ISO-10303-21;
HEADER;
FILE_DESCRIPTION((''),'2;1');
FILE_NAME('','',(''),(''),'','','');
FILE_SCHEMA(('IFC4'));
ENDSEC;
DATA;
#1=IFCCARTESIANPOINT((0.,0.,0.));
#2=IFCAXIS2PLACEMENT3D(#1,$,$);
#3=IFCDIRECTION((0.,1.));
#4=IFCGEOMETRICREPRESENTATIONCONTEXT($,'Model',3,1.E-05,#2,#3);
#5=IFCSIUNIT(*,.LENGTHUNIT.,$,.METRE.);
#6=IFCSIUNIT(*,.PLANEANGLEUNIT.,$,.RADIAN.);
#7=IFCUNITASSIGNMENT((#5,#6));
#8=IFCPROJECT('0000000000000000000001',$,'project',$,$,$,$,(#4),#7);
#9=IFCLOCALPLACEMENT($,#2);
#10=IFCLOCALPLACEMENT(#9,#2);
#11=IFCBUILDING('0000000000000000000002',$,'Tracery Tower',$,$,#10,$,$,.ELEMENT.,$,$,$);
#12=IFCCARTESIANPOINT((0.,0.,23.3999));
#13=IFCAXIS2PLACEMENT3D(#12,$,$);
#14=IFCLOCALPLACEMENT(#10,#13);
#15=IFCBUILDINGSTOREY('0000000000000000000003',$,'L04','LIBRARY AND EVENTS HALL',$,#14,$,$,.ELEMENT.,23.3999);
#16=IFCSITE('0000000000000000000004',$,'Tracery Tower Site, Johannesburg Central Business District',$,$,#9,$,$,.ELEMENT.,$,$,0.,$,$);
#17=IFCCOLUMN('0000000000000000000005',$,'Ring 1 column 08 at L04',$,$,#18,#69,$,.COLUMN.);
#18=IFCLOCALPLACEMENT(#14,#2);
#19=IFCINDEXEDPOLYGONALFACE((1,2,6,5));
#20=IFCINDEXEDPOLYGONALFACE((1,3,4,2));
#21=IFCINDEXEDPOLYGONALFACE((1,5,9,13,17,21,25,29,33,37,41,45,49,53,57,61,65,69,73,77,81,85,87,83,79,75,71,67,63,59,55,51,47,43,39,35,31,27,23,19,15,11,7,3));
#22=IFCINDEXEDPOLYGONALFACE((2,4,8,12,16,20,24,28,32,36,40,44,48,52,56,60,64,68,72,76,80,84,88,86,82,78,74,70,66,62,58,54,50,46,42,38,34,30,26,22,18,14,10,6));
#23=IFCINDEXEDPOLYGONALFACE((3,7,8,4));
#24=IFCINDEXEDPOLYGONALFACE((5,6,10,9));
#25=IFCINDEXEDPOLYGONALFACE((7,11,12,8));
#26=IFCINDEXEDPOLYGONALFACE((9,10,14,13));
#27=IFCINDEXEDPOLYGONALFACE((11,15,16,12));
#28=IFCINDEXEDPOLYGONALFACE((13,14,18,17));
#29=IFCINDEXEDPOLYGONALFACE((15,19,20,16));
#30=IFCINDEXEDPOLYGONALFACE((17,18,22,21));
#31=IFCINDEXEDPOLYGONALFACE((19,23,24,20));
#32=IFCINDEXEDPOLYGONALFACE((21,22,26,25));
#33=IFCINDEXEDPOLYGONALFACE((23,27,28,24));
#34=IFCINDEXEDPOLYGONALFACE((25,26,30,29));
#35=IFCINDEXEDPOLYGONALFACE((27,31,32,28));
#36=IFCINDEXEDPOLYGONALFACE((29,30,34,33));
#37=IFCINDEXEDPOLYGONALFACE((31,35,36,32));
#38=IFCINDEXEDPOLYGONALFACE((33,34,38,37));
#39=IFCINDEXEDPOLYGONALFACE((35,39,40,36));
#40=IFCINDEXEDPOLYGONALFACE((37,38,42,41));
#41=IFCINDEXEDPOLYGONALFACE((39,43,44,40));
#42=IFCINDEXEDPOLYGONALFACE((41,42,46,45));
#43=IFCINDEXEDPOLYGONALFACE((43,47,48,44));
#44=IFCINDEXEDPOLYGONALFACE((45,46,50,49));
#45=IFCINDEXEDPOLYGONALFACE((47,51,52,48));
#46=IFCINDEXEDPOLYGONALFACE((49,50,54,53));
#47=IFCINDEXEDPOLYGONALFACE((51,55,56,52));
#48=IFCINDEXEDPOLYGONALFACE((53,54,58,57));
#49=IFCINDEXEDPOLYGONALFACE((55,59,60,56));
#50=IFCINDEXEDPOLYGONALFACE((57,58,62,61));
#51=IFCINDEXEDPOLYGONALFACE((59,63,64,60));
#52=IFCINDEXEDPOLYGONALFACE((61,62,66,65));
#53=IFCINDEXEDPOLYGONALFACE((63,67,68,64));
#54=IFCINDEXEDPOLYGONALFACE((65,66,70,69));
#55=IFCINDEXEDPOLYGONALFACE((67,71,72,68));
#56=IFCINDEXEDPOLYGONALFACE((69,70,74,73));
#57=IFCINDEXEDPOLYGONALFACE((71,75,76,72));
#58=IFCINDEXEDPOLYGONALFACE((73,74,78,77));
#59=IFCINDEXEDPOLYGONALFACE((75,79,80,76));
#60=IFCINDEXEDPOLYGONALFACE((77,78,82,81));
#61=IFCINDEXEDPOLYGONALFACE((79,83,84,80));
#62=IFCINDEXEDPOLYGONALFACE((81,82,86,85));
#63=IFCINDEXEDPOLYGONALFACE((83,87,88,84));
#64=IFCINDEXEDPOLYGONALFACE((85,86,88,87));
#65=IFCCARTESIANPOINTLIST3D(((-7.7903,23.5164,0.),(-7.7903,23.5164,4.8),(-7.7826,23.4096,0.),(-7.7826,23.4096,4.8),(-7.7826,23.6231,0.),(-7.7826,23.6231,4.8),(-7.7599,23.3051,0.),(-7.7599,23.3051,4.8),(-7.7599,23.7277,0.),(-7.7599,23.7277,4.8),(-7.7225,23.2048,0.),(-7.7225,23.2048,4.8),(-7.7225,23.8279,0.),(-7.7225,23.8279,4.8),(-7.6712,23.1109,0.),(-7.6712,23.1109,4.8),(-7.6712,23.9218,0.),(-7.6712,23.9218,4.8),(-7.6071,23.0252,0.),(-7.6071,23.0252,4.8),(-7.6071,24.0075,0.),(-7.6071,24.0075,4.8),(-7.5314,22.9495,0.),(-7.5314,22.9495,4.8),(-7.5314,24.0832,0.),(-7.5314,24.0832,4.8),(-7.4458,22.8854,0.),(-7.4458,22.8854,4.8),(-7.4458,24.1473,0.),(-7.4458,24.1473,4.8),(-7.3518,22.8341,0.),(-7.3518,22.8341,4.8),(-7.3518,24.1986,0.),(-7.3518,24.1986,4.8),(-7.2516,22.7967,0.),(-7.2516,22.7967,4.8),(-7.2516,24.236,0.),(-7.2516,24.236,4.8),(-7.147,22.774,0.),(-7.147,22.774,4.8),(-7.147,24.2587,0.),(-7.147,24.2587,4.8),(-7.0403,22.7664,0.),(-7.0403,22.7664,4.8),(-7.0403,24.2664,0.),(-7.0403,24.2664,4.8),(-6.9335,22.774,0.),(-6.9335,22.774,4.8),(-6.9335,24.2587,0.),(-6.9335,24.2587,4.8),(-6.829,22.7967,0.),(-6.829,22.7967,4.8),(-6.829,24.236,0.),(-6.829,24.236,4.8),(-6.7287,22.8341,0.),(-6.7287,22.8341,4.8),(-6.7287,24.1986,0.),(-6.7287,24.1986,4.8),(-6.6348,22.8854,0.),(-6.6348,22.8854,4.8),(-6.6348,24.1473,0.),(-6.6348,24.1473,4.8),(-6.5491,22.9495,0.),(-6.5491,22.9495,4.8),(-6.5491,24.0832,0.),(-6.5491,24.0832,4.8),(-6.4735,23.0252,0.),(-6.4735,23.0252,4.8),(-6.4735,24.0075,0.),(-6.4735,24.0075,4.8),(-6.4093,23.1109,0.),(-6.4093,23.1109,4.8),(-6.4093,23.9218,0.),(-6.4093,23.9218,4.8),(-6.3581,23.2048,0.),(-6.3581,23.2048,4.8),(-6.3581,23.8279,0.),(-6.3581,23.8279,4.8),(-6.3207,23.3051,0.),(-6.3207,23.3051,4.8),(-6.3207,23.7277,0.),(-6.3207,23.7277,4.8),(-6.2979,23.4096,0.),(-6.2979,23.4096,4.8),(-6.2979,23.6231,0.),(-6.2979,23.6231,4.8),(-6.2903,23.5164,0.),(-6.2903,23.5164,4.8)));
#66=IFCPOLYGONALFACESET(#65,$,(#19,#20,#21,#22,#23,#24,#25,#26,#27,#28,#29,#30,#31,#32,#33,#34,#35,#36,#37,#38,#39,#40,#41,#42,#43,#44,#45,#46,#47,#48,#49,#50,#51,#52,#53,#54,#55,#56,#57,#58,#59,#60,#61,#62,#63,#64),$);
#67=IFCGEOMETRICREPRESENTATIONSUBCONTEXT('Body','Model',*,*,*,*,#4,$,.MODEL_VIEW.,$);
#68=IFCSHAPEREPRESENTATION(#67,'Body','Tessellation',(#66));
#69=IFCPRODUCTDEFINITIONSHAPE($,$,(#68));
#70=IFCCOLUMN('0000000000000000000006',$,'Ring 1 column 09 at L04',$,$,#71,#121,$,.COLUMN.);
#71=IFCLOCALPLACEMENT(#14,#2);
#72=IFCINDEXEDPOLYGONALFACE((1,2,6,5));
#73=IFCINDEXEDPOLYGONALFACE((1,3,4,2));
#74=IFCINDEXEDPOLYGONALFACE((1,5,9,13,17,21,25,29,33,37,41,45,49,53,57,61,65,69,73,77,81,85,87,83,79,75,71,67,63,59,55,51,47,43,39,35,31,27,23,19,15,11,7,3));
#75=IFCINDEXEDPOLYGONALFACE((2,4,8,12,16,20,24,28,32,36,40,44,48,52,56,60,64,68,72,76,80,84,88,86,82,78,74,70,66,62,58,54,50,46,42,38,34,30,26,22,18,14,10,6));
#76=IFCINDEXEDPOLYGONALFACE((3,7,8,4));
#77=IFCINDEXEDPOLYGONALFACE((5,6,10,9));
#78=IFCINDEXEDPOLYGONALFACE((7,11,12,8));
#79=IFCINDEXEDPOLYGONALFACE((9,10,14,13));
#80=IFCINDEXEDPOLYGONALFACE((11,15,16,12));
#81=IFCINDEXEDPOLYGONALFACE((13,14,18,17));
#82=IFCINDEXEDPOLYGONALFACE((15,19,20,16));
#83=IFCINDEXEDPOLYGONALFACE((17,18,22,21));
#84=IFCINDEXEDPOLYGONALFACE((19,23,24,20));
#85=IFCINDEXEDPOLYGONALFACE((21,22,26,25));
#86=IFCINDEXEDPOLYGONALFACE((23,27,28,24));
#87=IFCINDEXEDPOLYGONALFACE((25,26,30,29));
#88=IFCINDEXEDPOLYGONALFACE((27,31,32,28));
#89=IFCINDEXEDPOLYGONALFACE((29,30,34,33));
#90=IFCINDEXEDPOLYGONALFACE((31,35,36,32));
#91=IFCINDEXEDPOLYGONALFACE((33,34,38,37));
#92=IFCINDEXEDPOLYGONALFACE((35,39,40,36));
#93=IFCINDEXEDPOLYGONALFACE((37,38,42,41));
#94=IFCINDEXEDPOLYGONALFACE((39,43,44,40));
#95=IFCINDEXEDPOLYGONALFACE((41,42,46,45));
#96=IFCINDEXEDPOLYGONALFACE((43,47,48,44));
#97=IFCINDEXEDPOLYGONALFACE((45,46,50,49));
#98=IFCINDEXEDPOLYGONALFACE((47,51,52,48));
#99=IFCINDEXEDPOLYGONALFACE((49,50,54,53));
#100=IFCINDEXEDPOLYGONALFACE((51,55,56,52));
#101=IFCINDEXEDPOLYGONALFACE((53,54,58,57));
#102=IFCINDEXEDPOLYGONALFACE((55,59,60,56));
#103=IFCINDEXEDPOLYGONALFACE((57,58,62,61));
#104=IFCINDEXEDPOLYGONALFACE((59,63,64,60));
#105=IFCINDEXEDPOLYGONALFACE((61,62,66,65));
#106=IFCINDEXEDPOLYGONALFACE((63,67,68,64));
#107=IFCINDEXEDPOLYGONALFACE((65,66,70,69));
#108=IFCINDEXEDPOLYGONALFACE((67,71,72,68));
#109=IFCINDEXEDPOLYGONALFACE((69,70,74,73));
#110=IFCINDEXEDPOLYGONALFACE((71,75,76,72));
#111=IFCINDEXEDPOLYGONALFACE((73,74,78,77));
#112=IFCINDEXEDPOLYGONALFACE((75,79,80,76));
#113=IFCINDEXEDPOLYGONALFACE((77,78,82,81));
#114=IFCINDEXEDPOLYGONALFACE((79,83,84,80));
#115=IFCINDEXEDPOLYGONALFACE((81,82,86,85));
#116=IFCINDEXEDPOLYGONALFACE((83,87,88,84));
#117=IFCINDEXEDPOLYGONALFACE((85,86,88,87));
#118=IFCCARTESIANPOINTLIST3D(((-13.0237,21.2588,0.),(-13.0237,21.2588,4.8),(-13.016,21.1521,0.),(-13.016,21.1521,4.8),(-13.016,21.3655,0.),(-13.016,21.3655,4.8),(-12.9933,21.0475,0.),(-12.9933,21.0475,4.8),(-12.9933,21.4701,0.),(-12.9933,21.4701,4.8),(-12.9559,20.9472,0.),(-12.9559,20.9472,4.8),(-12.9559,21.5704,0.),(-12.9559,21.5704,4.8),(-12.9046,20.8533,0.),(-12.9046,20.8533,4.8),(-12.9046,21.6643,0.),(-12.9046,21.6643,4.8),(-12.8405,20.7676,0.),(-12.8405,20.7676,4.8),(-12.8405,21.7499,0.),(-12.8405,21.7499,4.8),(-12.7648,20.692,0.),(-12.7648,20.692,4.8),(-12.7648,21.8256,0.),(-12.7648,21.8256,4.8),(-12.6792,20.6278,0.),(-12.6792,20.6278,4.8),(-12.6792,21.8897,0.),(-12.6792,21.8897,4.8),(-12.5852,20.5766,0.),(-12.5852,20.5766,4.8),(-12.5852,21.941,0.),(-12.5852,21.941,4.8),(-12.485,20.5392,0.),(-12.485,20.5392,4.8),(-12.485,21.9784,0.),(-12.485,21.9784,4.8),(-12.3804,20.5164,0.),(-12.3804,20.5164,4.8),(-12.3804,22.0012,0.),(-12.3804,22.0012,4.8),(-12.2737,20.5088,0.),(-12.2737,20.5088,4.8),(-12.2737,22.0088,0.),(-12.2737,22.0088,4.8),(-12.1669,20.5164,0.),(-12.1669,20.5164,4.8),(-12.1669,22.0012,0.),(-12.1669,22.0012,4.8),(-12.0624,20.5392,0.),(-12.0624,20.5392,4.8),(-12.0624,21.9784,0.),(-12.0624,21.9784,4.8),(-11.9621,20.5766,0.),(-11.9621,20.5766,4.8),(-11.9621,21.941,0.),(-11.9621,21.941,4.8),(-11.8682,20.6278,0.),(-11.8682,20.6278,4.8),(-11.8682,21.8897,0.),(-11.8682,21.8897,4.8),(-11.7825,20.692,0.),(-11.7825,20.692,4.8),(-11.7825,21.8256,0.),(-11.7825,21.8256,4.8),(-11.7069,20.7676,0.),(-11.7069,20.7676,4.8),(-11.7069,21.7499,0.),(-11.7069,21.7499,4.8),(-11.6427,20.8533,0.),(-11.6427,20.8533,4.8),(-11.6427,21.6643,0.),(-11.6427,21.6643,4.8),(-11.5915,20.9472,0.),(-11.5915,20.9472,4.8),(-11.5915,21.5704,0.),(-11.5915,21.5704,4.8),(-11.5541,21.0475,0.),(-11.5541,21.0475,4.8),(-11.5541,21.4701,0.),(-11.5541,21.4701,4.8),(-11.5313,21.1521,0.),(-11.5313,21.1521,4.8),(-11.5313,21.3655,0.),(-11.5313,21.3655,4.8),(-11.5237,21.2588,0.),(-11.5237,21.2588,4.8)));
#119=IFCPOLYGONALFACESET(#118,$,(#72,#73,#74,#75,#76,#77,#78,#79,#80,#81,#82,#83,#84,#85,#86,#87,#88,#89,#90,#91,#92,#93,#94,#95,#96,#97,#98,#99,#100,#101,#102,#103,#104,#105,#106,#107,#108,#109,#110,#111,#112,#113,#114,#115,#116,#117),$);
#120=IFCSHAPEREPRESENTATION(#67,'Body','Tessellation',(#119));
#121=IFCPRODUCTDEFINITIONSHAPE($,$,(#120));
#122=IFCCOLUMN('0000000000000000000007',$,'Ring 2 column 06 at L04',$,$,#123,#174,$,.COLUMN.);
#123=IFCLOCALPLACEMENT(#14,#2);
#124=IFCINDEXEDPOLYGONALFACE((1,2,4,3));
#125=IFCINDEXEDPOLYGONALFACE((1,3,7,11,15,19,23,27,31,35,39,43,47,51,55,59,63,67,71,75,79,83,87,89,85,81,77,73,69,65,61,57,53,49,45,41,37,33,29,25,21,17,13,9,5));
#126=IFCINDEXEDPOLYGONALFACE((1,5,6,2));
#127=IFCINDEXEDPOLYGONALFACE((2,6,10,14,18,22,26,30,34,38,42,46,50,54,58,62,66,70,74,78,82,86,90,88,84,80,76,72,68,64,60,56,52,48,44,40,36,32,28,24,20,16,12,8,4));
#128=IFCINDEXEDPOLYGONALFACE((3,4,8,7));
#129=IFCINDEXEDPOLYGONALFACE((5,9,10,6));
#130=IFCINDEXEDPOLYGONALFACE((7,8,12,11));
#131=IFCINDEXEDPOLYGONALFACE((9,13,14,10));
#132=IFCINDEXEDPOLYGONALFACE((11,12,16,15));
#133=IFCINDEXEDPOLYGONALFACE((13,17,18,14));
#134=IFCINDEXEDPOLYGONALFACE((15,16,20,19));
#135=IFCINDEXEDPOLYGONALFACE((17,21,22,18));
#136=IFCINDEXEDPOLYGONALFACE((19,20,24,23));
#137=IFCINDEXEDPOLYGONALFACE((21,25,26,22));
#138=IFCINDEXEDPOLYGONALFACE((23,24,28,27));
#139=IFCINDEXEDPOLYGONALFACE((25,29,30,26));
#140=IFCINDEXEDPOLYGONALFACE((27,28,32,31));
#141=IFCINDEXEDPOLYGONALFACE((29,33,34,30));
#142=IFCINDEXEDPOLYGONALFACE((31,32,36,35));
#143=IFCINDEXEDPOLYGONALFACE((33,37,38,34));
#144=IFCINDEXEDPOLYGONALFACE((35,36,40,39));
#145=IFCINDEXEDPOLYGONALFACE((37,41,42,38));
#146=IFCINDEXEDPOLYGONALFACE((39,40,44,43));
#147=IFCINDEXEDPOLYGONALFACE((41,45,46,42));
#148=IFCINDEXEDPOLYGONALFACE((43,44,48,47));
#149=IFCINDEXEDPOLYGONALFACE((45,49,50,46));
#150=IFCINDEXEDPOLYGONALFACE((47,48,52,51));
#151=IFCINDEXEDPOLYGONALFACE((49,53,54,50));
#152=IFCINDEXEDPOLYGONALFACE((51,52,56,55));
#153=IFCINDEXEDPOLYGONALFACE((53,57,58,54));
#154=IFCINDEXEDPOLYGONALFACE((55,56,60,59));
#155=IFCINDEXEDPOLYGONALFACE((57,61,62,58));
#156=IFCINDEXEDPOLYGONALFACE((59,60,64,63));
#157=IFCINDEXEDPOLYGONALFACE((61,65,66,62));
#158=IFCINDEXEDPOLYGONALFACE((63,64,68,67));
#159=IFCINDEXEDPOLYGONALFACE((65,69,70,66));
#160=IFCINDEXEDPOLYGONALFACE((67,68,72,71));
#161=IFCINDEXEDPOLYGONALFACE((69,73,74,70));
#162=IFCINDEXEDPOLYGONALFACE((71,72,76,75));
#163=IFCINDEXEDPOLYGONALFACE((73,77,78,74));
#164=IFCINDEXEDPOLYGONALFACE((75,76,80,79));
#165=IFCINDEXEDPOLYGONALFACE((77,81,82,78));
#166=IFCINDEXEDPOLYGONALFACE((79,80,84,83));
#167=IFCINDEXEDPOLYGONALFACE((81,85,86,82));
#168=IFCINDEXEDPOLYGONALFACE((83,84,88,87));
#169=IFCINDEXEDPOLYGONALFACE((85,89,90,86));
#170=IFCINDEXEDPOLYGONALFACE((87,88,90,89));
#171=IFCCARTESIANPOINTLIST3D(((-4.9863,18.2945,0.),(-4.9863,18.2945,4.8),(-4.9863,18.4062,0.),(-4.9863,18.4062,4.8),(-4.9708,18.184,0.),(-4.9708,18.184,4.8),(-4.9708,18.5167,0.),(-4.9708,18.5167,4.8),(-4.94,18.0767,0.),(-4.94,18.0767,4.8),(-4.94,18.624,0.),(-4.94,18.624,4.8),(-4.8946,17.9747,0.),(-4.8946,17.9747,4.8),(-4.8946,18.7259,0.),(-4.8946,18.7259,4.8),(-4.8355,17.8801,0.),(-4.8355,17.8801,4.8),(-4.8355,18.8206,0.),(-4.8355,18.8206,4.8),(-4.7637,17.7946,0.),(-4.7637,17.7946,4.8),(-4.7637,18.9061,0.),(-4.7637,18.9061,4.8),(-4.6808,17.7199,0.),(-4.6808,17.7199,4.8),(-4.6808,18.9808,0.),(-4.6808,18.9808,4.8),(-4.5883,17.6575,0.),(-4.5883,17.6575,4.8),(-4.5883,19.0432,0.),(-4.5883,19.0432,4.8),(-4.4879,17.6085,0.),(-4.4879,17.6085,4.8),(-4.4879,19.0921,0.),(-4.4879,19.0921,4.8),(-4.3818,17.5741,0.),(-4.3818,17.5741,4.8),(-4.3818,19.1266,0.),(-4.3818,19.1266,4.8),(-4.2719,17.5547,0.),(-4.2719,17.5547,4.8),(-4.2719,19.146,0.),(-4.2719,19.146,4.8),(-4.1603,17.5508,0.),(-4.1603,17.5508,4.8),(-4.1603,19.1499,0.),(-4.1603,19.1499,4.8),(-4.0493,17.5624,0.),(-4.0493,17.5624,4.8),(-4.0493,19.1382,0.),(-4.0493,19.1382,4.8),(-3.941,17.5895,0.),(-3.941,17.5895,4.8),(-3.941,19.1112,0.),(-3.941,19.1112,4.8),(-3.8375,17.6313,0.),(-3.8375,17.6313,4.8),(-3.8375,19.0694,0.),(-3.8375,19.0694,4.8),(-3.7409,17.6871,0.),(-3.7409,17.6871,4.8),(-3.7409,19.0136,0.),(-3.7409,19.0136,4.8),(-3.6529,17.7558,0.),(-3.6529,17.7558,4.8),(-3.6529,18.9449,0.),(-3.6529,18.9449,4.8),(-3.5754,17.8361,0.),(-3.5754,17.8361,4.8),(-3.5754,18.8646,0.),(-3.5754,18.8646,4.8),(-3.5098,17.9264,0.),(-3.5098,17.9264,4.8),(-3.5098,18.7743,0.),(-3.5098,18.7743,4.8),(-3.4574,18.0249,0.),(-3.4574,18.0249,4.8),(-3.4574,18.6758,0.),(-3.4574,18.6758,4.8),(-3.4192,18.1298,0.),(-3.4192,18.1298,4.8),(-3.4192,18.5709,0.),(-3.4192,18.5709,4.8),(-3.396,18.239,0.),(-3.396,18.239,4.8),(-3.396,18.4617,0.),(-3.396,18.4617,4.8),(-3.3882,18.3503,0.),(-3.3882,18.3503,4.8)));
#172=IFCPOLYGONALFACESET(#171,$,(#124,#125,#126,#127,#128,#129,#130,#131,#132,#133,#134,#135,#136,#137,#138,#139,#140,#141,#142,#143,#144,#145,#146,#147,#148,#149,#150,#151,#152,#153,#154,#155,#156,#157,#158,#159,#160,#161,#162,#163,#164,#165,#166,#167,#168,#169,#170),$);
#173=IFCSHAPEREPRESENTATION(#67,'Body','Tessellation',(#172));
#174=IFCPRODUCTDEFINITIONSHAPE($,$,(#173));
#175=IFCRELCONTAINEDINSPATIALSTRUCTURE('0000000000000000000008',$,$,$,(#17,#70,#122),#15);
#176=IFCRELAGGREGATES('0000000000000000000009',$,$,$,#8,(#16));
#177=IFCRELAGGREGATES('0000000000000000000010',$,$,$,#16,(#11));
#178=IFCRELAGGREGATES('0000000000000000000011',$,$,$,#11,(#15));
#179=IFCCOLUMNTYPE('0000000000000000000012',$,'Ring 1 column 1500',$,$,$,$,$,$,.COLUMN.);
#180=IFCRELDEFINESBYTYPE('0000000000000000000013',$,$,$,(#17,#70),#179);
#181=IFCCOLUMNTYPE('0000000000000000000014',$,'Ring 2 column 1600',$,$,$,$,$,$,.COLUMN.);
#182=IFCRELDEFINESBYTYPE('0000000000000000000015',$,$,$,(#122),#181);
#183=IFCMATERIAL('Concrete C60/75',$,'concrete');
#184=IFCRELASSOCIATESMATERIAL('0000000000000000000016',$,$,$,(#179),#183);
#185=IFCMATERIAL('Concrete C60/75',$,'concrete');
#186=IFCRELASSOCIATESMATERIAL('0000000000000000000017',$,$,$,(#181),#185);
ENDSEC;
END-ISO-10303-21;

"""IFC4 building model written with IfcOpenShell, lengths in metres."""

from ifc_helpers import new_model, si_unit, direction, frame, origin, origin_2d, place, context, subcontext, project, spatial, circle, extrude, material, material_profile, profile_set, type_object, element, save


model = new_model("IFC4")

# Units and contexts
model_context = context("Model", 3, precision=1e-05, world=origin(), true_north=direction((0.0, 1.0)))
body_context = subcontext(model_context, "Body", "Model", "MODEL_VIEW")
ifc_project = project(units=[si_unit("LENGTHUNIT", "METRE"), si_unit("PLANEANGLEUNIT", "RADIAN")], contexts=[model_context])

# Site, building, storey
site_placement = place(None, origin())
site = spatial("IfcSite", under=ifc_project, at=site_placement, Name="Tracery Tower Site, Johannesburg Central Business District", CompositionType="ELEMENT", RefElevation=0.0)
building_placement = place(site_placement, origin())
building = spatial("IfcBuilding", under=site, at=building_placement, Name="Tracery Tower", CompositionType="ELEMENT")
storey_placement = place(building_placement, frame((0.0, 0.0, 23.3999)))
storey = spatial("IfcBuildingStorey", under=building, at=storey_placement, Name="L04", Description="LIBRARY AND EVENTS HALL", CompositionType="ELEMENT", Elevation=23.3999)

# Columns
ifc_material_1 = material(Name="Concrete C60/75", Category="concrete")
ifc_material_profile_1 = material_profile(ifc_material_1, circle(Radius=0.75, at=origin_2d()), Name="RC D1500")
ifc_profile_set_1 = profile_set([ifc_material_profile_1], Name="Concrete C60/75")
column_type_1 = type_object("IfcColumnType", Name="Ring 1 column 1500", PredefinedType="COLUMN", material=ifc_profile_set_1)
for number, where, z_axis, x_axis, name in (
    (1, (-7.0403, 23.5164, 0.0), (0.0, 0.0, 1.0), (1.0, 0.0, 0.0), "Ring 1 column 08 at L04"),
    (2, (-12.2737, 21.2588, 0.0), (0.0, 0.0, 1.0), (1.0, 0.0, 0.0), "Ring 1 column 09 at L04"),
):
    element("IfcColumn", number, at=place(storey_placement, frame(where, z_axis=z_axis, x_axis=x_axis)), inside=storey, type_object=column_type_1, Name=name, PredefinedType="COLUMN", context=body_context, shape_type="SweptSolid", body=[
        extrude(circle(Radius=0.75, at=origin_2d()), origin(), (0.0, 0.0, 1.0), 4.8),
    ])
ifc_material_2 = material(Name="Concrete C60/75", Category="concrete")
ifc_material_profile_2 = material_profile(ifc_material_2, circle(Radius=0.8, at=origin_2d()), Name="RC D1600")
ifc_profile_set_2 = profile_set([ifc_material_profile_2], Name="Concrete C60/75")
column_type_2 = type_object("IfcColumnType", Name="Ring 2 column 1600", PredefinedType="COLUMN", material=ifc_profile_set_2)
for number, where, z_axis, x_axis, name in (
    (3, (-4.1882, 18.3503, 0.0), (0.0, 0.0, 1.0), (1.0, 0.0, 0.0), "Ring 2 column 06 at L04"),
):
    element("IfcColumn", number, at=place(storey_placement, frame(where, z_axis=z_axis, x_axis=x_axis)), inside=storey, type_object=column_type_2, Name=name, PredefinedType="COLUMN", context=body_context, shape_type="SweptSolid", body=[
        extrude(circle(Radius=0.8, at=origin_2d()), origin(), (0.0, 0.0, 1.0), 4.8),
    ])

save(model, "model.ifc")
